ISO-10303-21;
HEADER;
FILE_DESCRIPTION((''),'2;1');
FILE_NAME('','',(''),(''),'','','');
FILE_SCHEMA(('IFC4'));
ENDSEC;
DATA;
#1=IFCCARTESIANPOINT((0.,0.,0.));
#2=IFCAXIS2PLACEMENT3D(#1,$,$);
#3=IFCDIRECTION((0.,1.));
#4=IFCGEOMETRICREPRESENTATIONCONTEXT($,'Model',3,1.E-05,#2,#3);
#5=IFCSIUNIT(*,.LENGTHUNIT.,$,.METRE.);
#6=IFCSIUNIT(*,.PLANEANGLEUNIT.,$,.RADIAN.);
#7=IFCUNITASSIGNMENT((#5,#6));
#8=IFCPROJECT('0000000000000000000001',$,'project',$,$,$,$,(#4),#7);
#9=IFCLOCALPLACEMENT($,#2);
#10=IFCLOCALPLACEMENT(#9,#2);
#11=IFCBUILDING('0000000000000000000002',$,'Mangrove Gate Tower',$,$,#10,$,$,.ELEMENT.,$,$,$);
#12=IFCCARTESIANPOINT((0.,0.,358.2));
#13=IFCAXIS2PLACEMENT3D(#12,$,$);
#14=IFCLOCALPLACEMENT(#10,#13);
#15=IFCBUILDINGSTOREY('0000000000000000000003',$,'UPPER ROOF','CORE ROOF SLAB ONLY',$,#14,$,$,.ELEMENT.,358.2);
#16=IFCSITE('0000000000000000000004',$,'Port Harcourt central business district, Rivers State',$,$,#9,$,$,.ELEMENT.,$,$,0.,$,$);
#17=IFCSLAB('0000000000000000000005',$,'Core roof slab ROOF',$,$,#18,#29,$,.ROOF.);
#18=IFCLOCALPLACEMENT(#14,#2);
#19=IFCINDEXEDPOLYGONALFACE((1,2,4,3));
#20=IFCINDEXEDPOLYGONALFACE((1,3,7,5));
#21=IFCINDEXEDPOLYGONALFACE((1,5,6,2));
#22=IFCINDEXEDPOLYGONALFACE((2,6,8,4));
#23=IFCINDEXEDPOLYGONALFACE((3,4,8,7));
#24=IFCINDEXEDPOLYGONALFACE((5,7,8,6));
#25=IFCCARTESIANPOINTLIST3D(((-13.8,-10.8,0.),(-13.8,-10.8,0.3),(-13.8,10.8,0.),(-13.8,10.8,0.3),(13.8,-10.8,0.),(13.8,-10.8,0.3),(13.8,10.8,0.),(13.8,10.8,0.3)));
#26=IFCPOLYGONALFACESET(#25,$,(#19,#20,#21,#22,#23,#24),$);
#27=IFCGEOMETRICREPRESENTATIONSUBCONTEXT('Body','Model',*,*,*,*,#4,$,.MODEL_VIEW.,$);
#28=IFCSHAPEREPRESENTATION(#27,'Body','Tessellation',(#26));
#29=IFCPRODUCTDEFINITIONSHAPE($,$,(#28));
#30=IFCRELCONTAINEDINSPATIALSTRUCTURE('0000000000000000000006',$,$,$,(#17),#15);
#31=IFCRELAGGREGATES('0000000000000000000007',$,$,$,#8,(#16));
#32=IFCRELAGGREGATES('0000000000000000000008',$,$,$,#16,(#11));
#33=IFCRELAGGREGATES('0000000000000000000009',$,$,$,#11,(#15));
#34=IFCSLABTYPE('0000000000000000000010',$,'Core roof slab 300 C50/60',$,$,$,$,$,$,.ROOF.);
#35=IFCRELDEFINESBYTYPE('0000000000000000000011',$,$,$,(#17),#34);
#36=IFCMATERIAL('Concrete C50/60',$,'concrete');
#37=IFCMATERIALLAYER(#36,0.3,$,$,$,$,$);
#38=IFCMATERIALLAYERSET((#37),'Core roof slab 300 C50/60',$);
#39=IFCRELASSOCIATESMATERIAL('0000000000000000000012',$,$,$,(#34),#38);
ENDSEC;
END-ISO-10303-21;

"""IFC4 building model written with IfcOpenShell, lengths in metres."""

from ifc_helpers import new_model, si_unit, direction, frame, origin, place, context, subcontext, project, spatial, polyline, outline, extrude, material, layer, layer_set, type_object, element, save


model = new_model("IFC4")

# Units and contexts
model_context = context("Model", 3, precision=1e-05, world=origin(), true_north=direction((0.0, 1.0)))
body_context = subcontext(model_context, "Body", "Model", "MODEL_VIEW")
ifc_project = project(units=[si_unit("LENGTHUNIT", "METRE"), si_unit("PLANEANGLEUNIT", "RADIAN")], contexts=[model_context])

# Site, building, storey
site_placement = place(None, origin())
site = spatial("IfcSite", under=ifc_project, at=site_placement, Name="Port Harcourt central business district, Rivers State", CompositionType="ELEMENT", RefElevation=0.0)
building_placement = place(site_placement, origin())
building = spatial("IfcBuilding", under=site, at=building_placement, Name="Mangrove Gate Tower", CompositionType="ELEMENT")
storey_placement = place(building_placement, frame((0.0, 0.0, 358.2)))
storey = spatial("IfcBuildingStorey", under=building, at=storey_placement, Name="UPPER ROOF", Description="CORE ROOF SLAB ONLY", CompositionType="ELEMENT", Elevation=358.2)

# Slab
ifc_material = material(Name="Concrete C50/60", Category="concrete")
ifc_layer = layer(ifc_material, 0.3)
ifc_layer_set = layer_set([ifc_layer], Name="Core roof slab 300 C50/60")
slab_type = type_object("IfcSlabType", Name="Core roof slab 300 C50/60", PredefinedType="ROOF", material=ifc_layer_set)
slab_placement = place(storey_placement, origin())
element("IfcSlab", 1, at=slab_placement, inside=storey, type_object=slab_type, Name="Core roof slab ROOF", PredefinedType="ROOF", context=body_context, shape_type="SweptSolid", body=[
    extrude(outline(polyline([(-13.8, -10.8), (13.8, -10.8), (13.8, 10.8), (-13.8, 10.8), (-13.8, -10.8)])), origin(), (0.0, 0.0, 1.0), 0.3),
])

save(model, "model.ifc")
